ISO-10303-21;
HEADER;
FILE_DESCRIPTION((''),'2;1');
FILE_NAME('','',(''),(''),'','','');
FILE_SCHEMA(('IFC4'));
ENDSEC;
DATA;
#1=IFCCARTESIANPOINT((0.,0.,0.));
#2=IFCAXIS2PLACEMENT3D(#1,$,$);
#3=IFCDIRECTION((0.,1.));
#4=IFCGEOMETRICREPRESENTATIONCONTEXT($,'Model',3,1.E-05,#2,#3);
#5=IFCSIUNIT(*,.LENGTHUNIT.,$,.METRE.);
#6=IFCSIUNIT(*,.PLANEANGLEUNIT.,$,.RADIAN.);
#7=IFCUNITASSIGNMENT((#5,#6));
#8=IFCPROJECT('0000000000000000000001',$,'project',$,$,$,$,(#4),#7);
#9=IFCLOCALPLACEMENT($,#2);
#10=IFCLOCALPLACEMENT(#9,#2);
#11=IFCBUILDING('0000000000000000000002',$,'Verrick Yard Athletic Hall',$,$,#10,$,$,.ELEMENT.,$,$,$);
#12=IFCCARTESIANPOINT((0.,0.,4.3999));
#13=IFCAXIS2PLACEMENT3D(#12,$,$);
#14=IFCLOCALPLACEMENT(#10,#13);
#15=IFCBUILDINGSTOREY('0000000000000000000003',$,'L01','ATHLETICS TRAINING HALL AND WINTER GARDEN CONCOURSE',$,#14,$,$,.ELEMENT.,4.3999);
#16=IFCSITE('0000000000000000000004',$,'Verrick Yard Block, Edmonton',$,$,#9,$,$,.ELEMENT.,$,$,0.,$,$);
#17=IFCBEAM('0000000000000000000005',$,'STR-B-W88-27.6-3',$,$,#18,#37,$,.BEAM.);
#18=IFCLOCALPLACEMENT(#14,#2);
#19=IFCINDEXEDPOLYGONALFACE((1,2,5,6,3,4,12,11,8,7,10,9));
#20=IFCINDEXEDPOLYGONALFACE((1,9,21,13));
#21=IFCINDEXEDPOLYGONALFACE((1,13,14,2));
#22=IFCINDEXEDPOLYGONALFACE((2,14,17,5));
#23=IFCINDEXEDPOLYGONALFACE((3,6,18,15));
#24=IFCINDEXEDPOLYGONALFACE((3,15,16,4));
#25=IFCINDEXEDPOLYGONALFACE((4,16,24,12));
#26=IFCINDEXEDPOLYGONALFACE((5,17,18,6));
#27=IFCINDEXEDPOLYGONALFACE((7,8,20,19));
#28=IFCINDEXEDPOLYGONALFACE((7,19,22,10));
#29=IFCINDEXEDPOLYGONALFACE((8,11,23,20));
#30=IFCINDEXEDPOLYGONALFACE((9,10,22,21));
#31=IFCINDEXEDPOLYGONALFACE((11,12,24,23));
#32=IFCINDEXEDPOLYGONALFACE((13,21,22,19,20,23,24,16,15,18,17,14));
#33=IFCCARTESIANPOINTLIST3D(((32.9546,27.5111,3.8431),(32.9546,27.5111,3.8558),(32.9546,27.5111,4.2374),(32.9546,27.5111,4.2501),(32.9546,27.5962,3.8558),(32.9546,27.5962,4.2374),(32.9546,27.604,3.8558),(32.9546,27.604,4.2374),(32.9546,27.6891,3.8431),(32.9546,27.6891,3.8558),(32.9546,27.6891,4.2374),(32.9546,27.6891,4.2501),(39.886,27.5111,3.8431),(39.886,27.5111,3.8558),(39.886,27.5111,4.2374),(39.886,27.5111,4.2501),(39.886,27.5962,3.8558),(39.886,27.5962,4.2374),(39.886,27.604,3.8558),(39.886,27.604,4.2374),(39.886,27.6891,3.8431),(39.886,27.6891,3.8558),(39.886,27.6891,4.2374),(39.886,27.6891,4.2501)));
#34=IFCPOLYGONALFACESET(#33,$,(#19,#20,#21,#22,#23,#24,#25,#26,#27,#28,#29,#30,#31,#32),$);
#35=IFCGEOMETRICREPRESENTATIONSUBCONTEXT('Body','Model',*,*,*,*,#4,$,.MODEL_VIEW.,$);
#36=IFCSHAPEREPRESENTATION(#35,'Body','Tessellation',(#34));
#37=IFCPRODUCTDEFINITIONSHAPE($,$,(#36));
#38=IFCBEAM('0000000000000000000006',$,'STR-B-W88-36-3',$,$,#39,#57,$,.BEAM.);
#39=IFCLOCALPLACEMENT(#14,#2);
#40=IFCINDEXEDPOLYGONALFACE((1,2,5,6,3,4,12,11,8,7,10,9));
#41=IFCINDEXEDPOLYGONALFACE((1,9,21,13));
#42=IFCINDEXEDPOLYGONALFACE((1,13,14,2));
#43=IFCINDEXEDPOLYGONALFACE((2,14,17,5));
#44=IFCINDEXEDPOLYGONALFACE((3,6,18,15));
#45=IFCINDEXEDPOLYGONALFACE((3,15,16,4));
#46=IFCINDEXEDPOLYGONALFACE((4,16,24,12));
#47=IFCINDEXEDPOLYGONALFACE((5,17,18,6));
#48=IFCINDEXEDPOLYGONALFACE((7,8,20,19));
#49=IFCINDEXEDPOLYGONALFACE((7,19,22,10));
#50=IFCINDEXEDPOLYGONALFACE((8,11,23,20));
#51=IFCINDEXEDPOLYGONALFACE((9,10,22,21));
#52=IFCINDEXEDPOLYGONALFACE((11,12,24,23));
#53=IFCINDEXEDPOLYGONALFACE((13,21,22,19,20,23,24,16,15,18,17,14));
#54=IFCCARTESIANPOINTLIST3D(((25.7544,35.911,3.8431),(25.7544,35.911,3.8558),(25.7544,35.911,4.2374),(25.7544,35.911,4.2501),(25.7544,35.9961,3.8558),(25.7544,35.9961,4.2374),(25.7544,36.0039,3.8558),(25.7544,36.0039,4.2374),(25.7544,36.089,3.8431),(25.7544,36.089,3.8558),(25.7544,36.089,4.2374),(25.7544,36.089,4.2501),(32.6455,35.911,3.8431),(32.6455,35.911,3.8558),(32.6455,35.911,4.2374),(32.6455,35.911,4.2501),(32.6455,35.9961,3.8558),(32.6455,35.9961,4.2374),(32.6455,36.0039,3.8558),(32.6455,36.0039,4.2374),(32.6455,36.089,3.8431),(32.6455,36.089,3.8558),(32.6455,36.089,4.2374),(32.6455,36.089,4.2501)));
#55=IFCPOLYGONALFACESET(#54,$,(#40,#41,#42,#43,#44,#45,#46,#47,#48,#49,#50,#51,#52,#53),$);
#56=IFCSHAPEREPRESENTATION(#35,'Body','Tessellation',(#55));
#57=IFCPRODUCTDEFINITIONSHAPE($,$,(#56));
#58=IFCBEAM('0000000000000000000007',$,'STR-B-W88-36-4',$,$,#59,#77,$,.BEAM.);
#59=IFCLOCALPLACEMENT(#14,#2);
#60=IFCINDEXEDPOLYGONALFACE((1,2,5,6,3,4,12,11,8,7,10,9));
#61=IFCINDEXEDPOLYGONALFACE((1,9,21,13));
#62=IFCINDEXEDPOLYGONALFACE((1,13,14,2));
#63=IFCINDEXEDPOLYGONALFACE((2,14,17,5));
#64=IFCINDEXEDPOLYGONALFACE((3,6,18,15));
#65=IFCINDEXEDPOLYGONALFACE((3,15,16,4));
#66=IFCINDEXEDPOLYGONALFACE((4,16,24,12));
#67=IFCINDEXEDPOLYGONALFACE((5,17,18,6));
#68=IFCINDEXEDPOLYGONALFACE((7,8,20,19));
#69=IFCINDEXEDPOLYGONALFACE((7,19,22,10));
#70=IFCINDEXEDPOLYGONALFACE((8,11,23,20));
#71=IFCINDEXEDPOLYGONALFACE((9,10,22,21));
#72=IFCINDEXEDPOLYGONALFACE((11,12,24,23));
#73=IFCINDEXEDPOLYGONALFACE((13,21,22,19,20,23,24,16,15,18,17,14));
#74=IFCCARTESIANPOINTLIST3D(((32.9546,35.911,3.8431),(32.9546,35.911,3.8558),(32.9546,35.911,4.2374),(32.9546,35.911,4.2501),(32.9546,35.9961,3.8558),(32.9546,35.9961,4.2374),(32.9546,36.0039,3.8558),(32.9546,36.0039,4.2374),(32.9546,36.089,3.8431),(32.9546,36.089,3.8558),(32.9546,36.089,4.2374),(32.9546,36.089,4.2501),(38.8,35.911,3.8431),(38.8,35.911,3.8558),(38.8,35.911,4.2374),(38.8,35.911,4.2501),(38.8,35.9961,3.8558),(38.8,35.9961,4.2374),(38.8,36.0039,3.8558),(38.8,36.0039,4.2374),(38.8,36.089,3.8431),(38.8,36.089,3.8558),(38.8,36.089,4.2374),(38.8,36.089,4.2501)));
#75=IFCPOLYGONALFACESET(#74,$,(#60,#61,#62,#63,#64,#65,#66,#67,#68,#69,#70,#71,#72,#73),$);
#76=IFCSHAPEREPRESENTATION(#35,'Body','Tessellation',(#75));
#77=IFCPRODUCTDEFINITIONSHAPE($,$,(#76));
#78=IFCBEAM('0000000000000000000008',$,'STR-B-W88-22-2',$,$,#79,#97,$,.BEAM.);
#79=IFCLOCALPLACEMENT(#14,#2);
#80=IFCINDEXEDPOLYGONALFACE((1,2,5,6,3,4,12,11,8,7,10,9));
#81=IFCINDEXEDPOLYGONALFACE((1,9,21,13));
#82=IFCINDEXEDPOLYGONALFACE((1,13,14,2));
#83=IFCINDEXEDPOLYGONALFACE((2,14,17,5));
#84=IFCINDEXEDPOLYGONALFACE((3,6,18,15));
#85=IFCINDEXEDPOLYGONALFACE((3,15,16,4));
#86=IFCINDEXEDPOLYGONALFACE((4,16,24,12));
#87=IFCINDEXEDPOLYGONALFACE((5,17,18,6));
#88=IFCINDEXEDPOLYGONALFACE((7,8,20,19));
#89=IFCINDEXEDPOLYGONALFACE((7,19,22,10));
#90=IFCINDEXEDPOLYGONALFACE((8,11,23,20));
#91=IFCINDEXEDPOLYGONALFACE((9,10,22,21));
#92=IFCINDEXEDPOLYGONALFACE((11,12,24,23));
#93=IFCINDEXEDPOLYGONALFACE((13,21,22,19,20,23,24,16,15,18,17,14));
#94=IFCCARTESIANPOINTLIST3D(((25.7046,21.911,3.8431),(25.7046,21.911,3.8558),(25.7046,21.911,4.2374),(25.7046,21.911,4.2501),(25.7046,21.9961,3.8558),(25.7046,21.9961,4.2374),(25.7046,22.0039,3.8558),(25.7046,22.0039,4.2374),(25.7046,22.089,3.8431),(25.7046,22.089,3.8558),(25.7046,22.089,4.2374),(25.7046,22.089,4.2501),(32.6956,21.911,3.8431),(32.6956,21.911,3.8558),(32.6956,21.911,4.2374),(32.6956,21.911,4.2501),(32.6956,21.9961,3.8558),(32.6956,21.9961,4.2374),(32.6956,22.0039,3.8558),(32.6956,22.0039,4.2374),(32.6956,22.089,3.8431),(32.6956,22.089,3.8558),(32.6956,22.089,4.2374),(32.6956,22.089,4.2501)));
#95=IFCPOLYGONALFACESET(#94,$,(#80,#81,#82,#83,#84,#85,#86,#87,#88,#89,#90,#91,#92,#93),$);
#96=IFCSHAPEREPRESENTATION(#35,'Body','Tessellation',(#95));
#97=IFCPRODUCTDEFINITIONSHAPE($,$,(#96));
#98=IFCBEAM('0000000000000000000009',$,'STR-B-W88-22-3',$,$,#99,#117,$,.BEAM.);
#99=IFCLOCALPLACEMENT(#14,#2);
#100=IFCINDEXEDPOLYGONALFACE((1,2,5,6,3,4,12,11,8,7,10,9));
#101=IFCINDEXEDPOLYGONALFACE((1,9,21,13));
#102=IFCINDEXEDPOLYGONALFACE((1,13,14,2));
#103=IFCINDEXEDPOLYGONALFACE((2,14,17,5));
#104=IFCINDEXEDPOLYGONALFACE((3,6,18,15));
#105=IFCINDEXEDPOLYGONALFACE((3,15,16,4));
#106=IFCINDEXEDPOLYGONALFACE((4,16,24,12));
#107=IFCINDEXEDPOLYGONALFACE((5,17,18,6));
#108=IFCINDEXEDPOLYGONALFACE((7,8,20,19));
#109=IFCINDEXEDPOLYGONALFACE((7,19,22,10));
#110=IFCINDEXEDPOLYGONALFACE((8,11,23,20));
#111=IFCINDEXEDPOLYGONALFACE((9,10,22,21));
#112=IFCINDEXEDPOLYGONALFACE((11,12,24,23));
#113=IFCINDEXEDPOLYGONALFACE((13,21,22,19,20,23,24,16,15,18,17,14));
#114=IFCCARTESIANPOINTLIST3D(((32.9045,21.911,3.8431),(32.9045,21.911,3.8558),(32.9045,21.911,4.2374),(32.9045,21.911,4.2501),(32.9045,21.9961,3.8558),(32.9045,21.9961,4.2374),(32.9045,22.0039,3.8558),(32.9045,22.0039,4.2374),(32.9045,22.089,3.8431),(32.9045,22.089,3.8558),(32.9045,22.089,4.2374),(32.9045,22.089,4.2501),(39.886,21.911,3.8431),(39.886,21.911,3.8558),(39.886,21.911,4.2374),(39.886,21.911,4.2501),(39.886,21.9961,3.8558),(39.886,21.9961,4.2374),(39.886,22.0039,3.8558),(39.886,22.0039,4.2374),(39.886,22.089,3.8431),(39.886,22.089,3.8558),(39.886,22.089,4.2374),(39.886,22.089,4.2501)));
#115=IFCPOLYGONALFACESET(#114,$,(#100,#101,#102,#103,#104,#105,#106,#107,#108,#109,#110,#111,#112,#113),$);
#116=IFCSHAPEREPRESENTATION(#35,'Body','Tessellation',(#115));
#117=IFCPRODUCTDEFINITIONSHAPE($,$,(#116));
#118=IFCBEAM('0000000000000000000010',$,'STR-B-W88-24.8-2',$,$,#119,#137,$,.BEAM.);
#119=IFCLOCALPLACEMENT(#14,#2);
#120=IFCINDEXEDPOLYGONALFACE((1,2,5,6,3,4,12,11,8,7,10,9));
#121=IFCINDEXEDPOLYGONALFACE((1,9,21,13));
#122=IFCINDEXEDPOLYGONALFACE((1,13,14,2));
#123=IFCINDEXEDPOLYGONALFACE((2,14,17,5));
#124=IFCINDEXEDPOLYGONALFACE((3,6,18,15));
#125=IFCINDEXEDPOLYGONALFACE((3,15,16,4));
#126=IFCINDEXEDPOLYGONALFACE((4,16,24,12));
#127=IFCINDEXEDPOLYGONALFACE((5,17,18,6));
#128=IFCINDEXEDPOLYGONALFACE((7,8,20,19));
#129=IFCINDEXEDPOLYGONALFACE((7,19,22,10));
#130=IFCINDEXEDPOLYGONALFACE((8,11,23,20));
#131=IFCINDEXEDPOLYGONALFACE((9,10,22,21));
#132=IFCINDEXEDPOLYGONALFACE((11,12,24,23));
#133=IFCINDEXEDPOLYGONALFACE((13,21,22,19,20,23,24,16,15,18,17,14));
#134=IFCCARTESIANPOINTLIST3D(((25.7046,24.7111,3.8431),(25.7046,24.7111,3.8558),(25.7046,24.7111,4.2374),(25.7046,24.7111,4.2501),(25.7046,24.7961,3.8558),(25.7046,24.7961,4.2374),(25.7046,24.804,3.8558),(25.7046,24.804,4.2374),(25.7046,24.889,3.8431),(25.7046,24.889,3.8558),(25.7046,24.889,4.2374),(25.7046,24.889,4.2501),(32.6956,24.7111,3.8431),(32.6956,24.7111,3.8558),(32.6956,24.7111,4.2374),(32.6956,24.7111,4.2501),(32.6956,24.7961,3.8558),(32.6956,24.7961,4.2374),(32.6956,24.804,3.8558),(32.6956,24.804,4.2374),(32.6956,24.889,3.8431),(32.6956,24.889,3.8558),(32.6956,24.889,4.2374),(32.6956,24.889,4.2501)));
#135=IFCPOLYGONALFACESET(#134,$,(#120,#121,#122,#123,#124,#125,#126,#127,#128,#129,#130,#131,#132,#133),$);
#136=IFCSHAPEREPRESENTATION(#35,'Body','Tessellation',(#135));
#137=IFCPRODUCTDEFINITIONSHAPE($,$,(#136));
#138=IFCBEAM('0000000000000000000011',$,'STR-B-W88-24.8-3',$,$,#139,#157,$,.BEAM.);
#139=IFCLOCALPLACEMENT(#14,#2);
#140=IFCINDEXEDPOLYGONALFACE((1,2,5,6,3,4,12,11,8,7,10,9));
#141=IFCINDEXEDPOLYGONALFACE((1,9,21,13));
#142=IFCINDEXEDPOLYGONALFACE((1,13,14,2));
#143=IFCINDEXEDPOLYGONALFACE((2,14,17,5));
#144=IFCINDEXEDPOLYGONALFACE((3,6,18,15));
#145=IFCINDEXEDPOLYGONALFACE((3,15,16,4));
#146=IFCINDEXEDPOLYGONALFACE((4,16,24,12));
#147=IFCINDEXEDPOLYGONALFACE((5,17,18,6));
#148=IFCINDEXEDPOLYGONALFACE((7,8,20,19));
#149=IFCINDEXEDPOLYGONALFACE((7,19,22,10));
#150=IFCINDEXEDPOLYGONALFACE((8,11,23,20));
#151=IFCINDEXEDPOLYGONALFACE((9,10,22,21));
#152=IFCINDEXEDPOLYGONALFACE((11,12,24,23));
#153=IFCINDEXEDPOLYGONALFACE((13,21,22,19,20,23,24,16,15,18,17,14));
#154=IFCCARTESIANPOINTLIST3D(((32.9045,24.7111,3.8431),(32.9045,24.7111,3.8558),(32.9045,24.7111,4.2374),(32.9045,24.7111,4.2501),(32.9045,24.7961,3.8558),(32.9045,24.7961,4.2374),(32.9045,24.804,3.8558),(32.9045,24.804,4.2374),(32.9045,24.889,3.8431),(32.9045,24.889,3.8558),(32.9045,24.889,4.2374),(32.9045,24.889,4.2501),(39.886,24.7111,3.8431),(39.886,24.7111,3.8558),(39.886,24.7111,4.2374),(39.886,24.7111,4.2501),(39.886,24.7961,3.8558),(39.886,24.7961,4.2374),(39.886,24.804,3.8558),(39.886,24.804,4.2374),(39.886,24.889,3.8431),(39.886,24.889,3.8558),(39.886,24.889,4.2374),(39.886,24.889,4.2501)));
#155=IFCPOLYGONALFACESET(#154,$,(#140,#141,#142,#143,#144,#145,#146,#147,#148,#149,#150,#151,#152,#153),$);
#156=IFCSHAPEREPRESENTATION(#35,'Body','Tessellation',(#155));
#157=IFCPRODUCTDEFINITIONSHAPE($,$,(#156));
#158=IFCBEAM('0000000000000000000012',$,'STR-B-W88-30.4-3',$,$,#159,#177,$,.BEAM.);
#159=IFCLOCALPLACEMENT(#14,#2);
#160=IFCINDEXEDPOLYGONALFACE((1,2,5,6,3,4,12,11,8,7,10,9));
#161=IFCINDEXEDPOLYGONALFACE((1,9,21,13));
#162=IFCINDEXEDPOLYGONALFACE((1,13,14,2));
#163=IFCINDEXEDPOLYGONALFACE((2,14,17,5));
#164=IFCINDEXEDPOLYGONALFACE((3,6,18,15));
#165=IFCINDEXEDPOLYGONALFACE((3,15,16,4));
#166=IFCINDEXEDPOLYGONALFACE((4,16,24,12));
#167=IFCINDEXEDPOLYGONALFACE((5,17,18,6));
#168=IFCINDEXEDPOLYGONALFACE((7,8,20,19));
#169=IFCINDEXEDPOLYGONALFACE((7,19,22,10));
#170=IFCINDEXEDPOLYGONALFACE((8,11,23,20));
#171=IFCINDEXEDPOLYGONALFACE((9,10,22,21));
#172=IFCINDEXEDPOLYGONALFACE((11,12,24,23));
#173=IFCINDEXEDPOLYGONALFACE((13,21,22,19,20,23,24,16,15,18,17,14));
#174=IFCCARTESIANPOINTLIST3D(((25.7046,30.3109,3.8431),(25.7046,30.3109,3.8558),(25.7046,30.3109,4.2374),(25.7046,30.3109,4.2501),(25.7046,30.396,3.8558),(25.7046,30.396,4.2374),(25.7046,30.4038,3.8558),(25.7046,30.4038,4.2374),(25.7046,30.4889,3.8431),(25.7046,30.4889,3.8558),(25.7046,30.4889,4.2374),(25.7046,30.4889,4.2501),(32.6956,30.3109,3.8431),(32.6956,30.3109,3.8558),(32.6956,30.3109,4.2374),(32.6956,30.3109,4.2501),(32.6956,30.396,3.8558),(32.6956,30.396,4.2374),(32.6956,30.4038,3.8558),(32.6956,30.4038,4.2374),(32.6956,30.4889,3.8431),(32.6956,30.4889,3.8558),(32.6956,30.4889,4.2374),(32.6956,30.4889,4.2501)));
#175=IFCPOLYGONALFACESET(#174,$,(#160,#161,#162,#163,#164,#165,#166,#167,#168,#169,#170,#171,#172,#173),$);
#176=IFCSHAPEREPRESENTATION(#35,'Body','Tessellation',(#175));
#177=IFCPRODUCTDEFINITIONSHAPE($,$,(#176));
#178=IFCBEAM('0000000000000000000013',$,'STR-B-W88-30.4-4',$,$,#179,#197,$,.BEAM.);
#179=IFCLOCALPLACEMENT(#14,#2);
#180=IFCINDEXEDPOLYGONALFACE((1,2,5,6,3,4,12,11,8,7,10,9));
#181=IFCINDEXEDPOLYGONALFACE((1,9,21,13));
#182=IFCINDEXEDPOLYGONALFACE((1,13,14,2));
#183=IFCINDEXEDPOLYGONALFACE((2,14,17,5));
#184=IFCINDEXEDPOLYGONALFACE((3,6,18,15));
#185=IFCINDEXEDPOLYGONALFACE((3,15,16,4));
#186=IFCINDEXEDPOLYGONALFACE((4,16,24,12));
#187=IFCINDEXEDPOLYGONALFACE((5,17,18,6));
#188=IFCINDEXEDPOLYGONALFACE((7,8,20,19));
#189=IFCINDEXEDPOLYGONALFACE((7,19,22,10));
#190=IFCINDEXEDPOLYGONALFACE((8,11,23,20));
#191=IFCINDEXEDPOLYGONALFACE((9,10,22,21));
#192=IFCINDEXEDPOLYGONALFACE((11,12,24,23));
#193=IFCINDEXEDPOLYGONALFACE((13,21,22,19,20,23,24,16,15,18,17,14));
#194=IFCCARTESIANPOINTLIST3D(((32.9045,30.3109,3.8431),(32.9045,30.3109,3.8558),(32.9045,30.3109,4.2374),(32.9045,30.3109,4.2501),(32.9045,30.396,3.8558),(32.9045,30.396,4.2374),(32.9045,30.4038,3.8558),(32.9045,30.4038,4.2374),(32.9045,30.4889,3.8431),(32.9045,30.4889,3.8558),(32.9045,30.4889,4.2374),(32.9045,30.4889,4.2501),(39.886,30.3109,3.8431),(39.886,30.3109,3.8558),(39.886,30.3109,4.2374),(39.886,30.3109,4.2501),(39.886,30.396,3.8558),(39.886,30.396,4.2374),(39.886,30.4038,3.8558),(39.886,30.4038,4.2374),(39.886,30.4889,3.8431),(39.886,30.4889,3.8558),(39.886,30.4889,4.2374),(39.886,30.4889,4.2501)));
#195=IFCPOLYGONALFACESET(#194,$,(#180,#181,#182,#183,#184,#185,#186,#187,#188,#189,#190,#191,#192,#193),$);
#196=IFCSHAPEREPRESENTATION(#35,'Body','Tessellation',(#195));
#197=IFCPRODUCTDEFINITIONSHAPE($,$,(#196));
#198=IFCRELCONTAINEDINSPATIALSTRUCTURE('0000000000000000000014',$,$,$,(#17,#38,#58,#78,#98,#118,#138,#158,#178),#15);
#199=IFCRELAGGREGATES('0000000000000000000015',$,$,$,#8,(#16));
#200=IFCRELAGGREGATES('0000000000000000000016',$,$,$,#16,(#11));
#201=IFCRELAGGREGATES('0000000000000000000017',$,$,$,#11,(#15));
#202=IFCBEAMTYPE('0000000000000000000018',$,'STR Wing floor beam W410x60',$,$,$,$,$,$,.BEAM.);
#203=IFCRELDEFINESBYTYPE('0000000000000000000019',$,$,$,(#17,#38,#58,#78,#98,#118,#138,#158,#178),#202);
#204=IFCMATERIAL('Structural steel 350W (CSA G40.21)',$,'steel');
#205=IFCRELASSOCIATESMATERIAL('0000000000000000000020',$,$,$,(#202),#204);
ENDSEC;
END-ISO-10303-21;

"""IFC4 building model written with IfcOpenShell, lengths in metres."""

from ifc_helpers import new_model, si_unit, direction, frame, origin, origin_2d, place, context, subcontext, project, spatial, i_section, extrude, material, material_profile, profile_set, type_object, element, save


model = new_model("IFC4")

# Units and contexts
model_context = context("Model", 3, precision=1e-05, world=origin(), true_north=direction((0.0, 1.0)))
body_context = subcontext(model_context, "Body", "Model", "MODEL_VIEW")
ifc_project = project(units=[si_unit("LENGTHUNIT", "METRE"), si_unit("PLANEANGLEUNIT", "RADIAN")], contexts=[model_context])

# Site, building, storey
site_placement = place(None, origin())
site = spatial("IfcSite", under=ifc_project, at=site_placement, Name="Verrick Yard Block, Edmonton", CompositionType="ELEMENT", RefElevation=0.0)
building_placement = place(site_placement, origin())
building = spatial("IfcBuilding", under=site, at=building_placement, Name="Verrick Yard Athletic Hall", CompositionType="ELEMENT")
storey_placement = place(building_placement, frame((0.0, 0.0, 4.3999)))
storey = spatial("IfcBuildingStorey", under=building, at=storey_placement, Name="L01", Description="ATHLETICS TRAINING HALL AND WINTER GARDEN CONCOURSE", CompositionType="ELEMENT", Elevation=4.3999)

# Shared definitions
ifc_material_1 = material(Name="Structural steel 350W (CSA G40.21)", Category="steel")

# Beams
ifc_material_profile_1 = material_profile(ifc_material_1, i_section(OverallWidth=0.178, OverallDepth=0.407, WebThickness=0.0078, FlangeThickness=0.0127, at=origin_2d()), Name="W410x60")
ifc_profile_set_1 = profile_set([ifc_material_profile_1], Name="Structural steel 350W (CSA G40.21)")
beam_type_1 = type_object("IfcBeamType", Name="STR Wing floor beam W410x60", PredefinedType="BEAM", material=ifc_profile_set_1)
beam_1_placement = place(storey_placement, frame((32.9546, 27.6001, 4.0466), z_axis=(1.0, 0.0, 0.0), x_axis=(0.0, 1.0, 0.0)))
element("IfcBeam", 1, at=beam_1_placement, inside=storey, type_object=beam_type_1, Name="STR-B-W88-27.6-3", PredefinedType="BEAM", context=body_context, shape_type="SweptSolid", body=[
    extrude(i_section(OverallWidth=0.178, OverallDepth=0.407, WebThickness=0.0078, FlangeThickness=0.0127, at=origin_2d()), origin(), (0.0, 0.0, 1.0), 6.9314),
])
beam_2_placement = place(storey_placement, frame((25.7544, 36.0, 4.0466), z_axis=(1.0, 0.0, 0.0), x_axis=(0.0, 1.0, 0.0)))
element("IfcBeam", 2, at=beam_2_placement, inside=storey, type_object=beam_type_1, Name="STR-B-W88-36-3", PredefinedType="BEAM", context=body_context, shape_type="SweptSolid", body=[
    extrude(i_section(OverallWidth=0.178, OverallDepth=0.407, WebThickness=0.0078, FlangeThickness=0.0127, at=origin_2d()), origin(), (0.0, 0.0, 1.0), 6.8911),
])
beam_3_placement = place(storey_placement, frame((32.9546, 36.0, 4.0466), z_axis=(1.0, 0.0, 0.0), x_axis=(0.0, 1.0, 0.0)))
element("IfcBeam", 3, at=beam_3_placement, inside=storey, type_object=beam_type_1, Name="STR-B-W88-36-4", PredefinedType="BEAM", context=body_context, shape_type="SweptSolid", body=[
    extrude(i_section(OverallWidth=0.178, OverallDepth=0.407, WebThickness=0.0078, FlangeThickness=0.0127, at=origin_2d()), origin(), (0.0, 0.0, 1.0), 5.8455),
])
beam_4_placement = place(storey_placement, frame((25.7046, 22.0, 4.0466), z_axis=(1.0, 0.0, 0.0), x_axis=(0.0, 1.0, 0.0)))
element("IfcBeam", 4, at=beam_4_placement, inside=storey, type_object=beam_type_1, Name="STR-B-W88-22-2", PredefinedType="BEAM", context=body_context, shape_type="SweptSolid", body=[
    extrude(i_section(OverallWidth=0.178, OverallDepth=0.407, WebThickness=0.0078, FlangeThickness=0.0127, at=origin_2d()), origin(), (0.0, 0.0, 1.0), 6.991),
])
beam_5_placement = place(storey_placement, frame((32.9045, 22.0, 4.0466), z_axis=(1.0, 0.0, 0.0), x_axis=(0.0, 1.0, 0.0)))
element("IfcBeam", 5, at=beam_5_placement, inside=storey, type_object=beam_type_1, Name="STR-B-W88-22-3", PredefinedType="BEAM", context=body_context, shape_type="SweptSolid", body=[
    extrude(i_section(OverallWidth=0.178, OverallDepth=0.407, WebThickness=0.0078, FlangeThickness=0.0127, at=origin_2d()), origin(), (0.0, 0.0, 1.0), 6.9814),
])
beam_6_placement = place(storey_placement, frame((25.7046, 24.8, 4.0466), z_axis=(1.0, 0.0, 0.0), x_axis=(0.0, 1.0, 0.0)))
element("IfcBeam", 6, at=beam_6_placement, inside=storey, type_object=beam_type_1, Name="STR-B-W88-24.8-2", PredefinedType="BEAM", context=body_context, shape_type="SweptSolid", body=[
    extrude(i_section(OverallWidth=0.178, OverallDepth=0.407, WebThickness=0.0078, FlangeThickness=0.0127, at=origin_2d()), origin(), (0.0, 0.0, 1.0), 6.991),
])
beam_7_placement = place(storey_placement, frame((32.9045, 24.8, 4.0466), z_axis=(1.0, 0.0, 0.0), x_axis=(0.0, 1.0, 0.0)))
element("IfcBeam", 7, at=beam_7_placement, inside=storey, type_object=beam_type_1, Name="STR-B-W88-24.8-3", PredefinedType="BEAM", context=body_context, shape_type="SweptSolid", body=[
    extrude(i_section(OverallWidth=0.178, OverallDepth=0.407, WebThickness=0.0078, FlangeThickness=0.0127, at=origin_2d()), origin(), (0.0, 0.0, 1.0), 6.9814),
])
beam_8_placement = place(storey_placement, frame((25.7046, 30.3999, 4.0466), z_axis=(1.0, 0.0, 0.0), x_axis=(0.0, 1.0, 0.0)))
element("IfcBeam", 8, at=beam_8_placement, inside=storey, type_object=beam_type_1, Name="STR-B-W88-30.4-3", PredefinedType="BEAM", context=body_context, shape_type="SweptSolid", body=[
    extrude(i_section(OverallWidth=0.178, OverallDepth=0.407, WebThickness=0.0078, FlangeThickness=0.0127, at=origin_2d()), origin(), (0.0, 0.0, 1.0), 6.991),
])
beam_9_placement = place(storey_placement, frame((32.9045, 30.3999, 4.0466), z_axis=(1.0, 0.0, 0.0), x_axis=(0.0, 1.0, 0.0)))
element("IfcBeam", 9, at=beam_9_placement, inside=storey, type_object=beam_type_1, Name="STR-B-W88-30.4-4", PredefinedType="BEAM", context=body_context, shape_type="SweptSolid", body=[
    extrude(i_section(OverallWidth=0.178, OverallDepth=0.407, WebThickness=0.0078, FlangeThickness=0.0127, at=origin_2d()), origin(), (0.0, 0.0, 1.0), 6.9814),
])

save(model, "model.ifc")
